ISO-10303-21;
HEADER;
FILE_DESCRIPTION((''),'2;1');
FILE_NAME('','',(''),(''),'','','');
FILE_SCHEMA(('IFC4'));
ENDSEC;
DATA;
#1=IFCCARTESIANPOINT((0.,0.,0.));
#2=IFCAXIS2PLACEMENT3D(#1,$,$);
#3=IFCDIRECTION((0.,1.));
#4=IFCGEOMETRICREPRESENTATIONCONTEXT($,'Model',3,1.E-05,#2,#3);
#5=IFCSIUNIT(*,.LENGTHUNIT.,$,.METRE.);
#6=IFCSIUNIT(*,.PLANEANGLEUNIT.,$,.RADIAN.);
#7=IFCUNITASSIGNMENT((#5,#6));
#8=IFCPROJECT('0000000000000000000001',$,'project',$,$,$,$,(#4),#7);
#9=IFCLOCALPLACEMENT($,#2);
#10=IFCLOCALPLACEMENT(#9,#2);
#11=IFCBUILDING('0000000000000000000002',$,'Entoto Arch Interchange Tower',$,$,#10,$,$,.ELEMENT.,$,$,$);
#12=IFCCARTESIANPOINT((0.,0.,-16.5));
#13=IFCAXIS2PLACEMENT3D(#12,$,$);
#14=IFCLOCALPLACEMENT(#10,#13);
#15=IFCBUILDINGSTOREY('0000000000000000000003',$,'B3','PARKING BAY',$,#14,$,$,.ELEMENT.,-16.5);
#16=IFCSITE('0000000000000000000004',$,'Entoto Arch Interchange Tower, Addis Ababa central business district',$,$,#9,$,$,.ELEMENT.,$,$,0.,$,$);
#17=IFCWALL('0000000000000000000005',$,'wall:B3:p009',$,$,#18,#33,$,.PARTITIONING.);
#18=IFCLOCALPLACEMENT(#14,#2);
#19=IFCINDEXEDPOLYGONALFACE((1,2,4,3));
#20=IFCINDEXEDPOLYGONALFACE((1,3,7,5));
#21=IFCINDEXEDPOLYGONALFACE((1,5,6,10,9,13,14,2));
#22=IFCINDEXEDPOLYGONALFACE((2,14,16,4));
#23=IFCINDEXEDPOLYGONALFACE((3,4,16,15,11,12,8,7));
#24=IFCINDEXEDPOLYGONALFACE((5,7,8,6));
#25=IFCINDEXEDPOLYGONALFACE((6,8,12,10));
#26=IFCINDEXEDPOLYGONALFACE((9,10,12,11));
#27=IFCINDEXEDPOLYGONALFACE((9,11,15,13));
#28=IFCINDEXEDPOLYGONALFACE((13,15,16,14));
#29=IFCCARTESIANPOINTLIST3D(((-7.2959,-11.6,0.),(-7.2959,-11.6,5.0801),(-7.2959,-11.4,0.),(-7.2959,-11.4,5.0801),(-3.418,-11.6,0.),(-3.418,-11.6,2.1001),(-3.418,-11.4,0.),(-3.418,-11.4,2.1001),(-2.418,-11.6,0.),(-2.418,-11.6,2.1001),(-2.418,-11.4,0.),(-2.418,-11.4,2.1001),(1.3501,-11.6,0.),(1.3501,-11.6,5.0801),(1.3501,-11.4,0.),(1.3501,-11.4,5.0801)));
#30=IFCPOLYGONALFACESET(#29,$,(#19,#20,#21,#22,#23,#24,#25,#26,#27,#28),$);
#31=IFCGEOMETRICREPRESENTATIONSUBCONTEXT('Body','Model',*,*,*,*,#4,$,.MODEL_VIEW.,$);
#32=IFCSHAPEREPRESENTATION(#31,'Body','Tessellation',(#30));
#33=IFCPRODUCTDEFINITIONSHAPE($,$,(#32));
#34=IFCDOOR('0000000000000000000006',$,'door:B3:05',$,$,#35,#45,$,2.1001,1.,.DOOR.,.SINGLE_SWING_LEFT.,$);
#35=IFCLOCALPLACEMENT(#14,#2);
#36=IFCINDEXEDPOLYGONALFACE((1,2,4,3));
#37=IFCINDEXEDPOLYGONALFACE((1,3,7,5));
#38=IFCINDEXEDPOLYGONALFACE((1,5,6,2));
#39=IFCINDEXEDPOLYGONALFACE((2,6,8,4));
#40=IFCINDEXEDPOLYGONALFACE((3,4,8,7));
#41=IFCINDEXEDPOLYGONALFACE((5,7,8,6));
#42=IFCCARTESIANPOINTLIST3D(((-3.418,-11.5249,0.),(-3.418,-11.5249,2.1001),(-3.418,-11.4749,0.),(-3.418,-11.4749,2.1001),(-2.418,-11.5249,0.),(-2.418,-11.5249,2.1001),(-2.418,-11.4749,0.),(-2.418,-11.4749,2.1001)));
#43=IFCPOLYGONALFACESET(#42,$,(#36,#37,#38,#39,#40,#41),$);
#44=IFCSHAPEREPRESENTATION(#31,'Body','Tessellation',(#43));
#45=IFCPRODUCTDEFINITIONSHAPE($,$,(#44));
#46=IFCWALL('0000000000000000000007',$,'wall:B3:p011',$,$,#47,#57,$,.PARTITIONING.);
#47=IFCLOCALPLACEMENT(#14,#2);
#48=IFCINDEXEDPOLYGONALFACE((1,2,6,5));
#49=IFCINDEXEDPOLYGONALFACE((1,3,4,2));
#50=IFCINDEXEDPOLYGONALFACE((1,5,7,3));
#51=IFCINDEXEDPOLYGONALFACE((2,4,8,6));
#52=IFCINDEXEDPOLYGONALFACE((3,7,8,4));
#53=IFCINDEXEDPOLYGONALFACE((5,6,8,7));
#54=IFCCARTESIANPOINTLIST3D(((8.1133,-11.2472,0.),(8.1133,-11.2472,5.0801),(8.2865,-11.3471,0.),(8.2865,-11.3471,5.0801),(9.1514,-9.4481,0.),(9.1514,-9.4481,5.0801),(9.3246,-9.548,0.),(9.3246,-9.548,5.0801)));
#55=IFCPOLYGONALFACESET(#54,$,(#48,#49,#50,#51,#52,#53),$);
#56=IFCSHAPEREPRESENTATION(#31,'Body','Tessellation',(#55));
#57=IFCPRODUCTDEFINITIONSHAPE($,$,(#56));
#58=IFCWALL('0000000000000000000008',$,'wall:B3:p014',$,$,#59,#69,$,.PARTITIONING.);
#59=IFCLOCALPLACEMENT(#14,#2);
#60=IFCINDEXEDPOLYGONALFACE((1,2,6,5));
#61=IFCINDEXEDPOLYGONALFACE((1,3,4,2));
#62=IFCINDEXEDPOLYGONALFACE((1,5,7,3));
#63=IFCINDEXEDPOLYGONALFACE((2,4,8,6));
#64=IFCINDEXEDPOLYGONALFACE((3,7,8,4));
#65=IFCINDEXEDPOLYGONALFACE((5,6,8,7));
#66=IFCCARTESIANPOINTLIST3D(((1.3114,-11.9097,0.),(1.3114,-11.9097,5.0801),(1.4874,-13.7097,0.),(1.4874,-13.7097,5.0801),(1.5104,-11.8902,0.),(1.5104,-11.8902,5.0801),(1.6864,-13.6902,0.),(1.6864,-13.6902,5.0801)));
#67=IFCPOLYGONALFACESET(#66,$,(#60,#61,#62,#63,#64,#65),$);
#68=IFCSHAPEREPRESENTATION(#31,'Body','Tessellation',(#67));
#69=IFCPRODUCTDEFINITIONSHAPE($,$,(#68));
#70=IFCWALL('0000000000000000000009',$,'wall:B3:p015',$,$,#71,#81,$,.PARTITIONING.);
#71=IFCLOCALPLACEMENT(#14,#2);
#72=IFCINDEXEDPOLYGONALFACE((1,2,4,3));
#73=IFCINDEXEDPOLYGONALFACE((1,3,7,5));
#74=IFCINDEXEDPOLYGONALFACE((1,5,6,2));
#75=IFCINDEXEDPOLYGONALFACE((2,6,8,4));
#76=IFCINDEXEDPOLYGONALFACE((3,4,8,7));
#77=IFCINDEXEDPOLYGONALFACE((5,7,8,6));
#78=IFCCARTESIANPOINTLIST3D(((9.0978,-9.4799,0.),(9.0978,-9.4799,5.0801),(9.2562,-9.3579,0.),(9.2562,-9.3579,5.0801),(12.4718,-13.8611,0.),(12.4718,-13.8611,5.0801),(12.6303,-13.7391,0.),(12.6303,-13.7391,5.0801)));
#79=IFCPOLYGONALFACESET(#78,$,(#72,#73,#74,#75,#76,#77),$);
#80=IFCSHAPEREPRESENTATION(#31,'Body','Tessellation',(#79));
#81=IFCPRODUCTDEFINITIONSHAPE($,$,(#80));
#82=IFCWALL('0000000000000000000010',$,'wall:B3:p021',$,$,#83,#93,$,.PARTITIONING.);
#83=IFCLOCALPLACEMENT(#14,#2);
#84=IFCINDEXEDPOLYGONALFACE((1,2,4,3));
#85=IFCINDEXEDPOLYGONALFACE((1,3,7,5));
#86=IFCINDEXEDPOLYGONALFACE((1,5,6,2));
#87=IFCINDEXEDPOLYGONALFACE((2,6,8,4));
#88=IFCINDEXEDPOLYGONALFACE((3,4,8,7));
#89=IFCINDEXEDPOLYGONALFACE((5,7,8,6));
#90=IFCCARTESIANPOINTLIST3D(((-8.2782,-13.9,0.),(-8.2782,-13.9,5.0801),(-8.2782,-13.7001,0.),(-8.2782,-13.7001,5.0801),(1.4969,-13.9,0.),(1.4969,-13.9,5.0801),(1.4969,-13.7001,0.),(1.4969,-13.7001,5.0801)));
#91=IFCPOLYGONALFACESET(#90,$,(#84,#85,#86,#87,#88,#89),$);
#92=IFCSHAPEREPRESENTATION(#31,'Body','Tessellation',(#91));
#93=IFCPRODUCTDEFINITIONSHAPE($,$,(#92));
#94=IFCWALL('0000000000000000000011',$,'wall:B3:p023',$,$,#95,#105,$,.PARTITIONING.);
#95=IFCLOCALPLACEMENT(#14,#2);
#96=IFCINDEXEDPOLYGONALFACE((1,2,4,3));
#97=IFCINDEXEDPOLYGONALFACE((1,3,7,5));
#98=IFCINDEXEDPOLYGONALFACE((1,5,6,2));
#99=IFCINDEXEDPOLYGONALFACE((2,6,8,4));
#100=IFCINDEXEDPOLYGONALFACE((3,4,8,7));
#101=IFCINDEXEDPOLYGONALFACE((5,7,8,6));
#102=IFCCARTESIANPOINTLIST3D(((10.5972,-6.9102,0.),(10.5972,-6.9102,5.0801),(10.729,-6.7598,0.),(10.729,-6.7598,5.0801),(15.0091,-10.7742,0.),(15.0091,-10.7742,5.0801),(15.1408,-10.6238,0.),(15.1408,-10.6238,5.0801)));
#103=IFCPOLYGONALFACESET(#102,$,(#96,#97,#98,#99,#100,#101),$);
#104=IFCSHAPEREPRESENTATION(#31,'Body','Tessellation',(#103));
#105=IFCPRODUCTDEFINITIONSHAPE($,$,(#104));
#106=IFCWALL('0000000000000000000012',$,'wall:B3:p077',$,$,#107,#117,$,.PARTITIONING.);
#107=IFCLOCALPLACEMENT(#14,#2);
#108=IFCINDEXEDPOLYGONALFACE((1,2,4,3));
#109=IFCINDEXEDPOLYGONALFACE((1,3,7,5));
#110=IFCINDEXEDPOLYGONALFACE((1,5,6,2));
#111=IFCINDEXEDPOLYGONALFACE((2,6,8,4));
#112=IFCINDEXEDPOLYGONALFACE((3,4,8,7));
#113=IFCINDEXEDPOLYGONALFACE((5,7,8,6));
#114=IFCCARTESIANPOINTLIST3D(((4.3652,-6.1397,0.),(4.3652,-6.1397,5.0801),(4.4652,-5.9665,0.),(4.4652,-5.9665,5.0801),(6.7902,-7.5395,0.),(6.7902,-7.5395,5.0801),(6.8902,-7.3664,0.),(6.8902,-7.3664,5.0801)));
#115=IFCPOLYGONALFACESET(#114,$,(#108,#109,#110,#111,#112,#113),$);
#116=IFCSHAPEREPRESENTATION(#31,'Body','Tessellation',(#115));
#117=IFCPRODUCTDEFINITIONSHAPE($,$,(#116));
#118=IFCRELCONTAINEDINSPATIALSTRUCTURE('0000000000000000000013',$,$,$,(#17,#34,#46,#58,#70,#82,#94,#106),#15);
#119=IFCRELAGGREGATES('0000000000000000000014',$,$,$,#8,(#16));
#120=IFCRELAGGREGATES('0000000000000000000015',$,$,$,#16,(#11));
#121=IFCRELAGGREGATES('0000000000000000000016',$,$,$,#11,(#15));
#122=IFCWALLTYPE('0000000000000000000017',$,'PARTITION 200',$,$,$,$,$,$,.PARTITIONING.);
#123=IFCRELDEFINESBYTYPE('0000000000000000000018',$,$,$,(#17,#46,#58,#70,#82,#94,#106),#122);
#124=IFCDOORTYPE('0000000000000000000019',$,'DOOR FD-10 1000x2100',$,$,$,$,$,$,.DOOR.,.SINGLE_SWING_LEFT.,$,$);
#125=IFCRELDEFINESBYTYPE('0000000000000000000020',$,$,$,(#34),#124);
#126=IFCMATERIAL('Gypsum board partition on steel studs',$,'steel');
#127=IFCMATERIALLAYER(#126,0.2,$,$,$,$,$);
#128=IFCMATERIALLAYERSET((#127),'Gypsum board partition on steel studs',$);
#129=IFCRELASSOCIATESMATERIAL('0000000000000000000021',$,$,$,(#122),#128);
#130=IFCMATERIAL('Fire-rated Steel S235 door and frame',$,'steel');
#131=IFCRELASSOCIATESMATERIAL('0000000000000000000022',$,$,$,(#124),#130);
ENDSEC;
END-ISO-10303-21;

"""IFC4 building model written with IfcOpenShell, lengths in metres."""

from ifc_helpers import new_model, si_unit, direction, frame, frame_2d, origin, place, context, subcontext, project, spatial, rectangle, extrude, material, layer, layer_set, type_object, element, fill, save


model = new_model("IFC4")

# Units and contexts
model_context = context("Model", 3, precision=1e-05, world=origin(), true_north=direction((0.0, 1.0)))
body_context = subcontext(model_context, "Body", "Model", "MODEL_VIEW")
ifc_project = project(units=[si_unit("LENGTHUNIT", "METRE"), si_unit("PLANEANGLEUNIT", "RADIAN")], contexts=[model_context])

# Site, building, storey
site_placement = place(None, origin())
site = spatial("IfcSite", under=ifc_project, at=site_placement, Name="Entoto Arch Interchange Tower, Addis Ababa central business district", CompositionType="ELEMENT", RefElevation=0.0)
building_placement = place(site_placement, origin())
building = spatial("IfcBuilding", under=site, at=building_placement, Name="Entoto Arch Interchange Tower", CompositionType="ELEMENT")
storey_placement = place(building_placement, frame((0.0, 0.0, -16.5)))
storey = spatial("IfcBuildingStorey", under=building, at=storey_placement, Name="B3", Description="PARKING BAY", CompositionType="ELEMENT", Elevation=-16.5)

# Shared definitions
ifc_material_1 = material(Name="Fire-rated Steel S235 door and frame", Category="steel")
ifc_material_2 = material(Name="Gypsum board partition on steel studs", Category="steel")
ifc_layer_1 = layer(ifc_material_2, 0.2)
ifc_layer_set_1 = layer_set([ifc_layer_1], Name="Gypsum board partition on steel studs")
wall_type_1 = type_object("IfcWallType", Name="PARTITION 200", PredefinedType="PARTITIONING", material=ifc_layer_set_1)
door_type_1 = type_object("IfcDoorType", Name="DOOR FD-10 1000x2100", OperationType="SINGLE_SWING_LEFT", PredefinedType="DOOR", material=ifc_material_1)

# Wall, opening, door
wall_1_placement = place(storey_placement, frame((1.3501, -11.5, 0.0), z_axis=(0.0, 0.0, 1.0), x_axis=(-1.0, 0.0, 0.0)))
wall_1 = element("IfcWall", 1, at=wall_1_placement, inside=storey, type_object=wall_type_1, Name="wall:B3:p009", PredefinedType="PARTITIONING", context=body_context, shape_type="SweptSolid", body=[
    extrude(rectangle(XDim=8.646, YDim=0.2, at=frame_2d((4.323, 0.0))), origin(), (0.0, 0.0, 1.0), 5.0801),
])
opening_1_placement = place(wall_1_placement, frame((3.7681, 0.0, 0.0)))
opening_1 = element("IfcOpeningElement", 2, at=opening_1_placement, cuts=wall_1, PredefinedType="OPENING", context=body_context, shape_type="SweptSolid", body=[
    extrude(rectangle(XDim=1.0, YDim=2.1001, at=frame_2d((0.5, 1.05))), frame((0.0, 0.1099, 0.0), z_axis=(0.0, -1.0, 0.0), x_axis=(1.0, 0.0, 0.0)), (0.0, 0.0, 1.0), 0.22),
])
door_1_placement = place(opening_1_placement, origin())
door_1 = element("IfcDoor", 3, at=door_1_placement, inside=storey, type_object=door_type_1, Name="door:B3:05", OperationType="SINGLE_SWING_LEFT", OverallHeight=2.1001, OverallWidth=1.0, PredefinedType="DOOR", context=body_context, shape_type="SweptSolid", body=[
    extrude(rectangle(XDim=1.0, YDim=2.1001, at=frame_2d((0.5, 1.05))), frame((0.0, 0.0249, 0.0), z_axis=(0.0, -1.0, 0.0), x_axis=(1.0, 0.0, 0.0)), (0.0, 0.0, 1.0), 0.05),
])
fill(opening_1, door_1)

# Walls
wall_2_placement = place(storey_placement, frame((9.238, -9.498, 0.0), z_axis=(0.0, 0.0, 1.0), x_axis=(-0.49978, -0.866152, 0.0)))
element("IfcWall", 4, at=wall_2_placement, inside=storey, type_object=wall_type_1, Name="wall:B3:p011", PredefinedType="PARTITIONING", context=body_context, shape_type="SweptSolid", body=[
    extrude(rectangle(XDim=2.0771, YDim=0.2, at=frame_2d((1.0386, 0.0))), origin(), (0.0, 0.0, 1.0), 5.0801),
])
wall_3_placement = place(storey_placement, frame((1.5869, -13.7, 0.0), z_axis=(0.0, 0.0, 1.0), x_axis=(-0.097325, 0.995253, 0.0)))
element("IfcWall", 5, at=wall_3_placement, inside=storey, type_object=wall_type_1, Name="wall:B3:p014", PredefinedType="PARTITIONING", context=body_context, shape_type="SweptSolid", body=[
    extrude(rectangle(XDim=1.8086, YDim=0.2, at=frame_2d((0.9043, 0.0))), origin(), (0.0, 0.0, 1.0), 5.0801),
])
wall_4_placement = place(storey_placement, frame((9.177, -9.4189, 0.0), z_axis=(0.0, 0.0, 1.0), x_axis=(0.610159, -0.792279, 0.0)))
element("IfcWall", 6, at=wall_4_placement, inside=storey, type_object=wall_type_1, Name="wall:B3:p015", PredefinedType="PARTITIONING", context=body_context, shape_type="SweptSolid", body=[
    extrude(rectangle(XDim=5.5298, YDim=0.2, at=frame_2d((2.7649, 0.0))), origin(), (0.0, 0.0, 1.0), 5.0801),
])
wall_5_placement = place(storey_placement, frame((1.4971, -13.8, 0.0), z_axis=(0.0, 0.0, 1.0), x_axis=(-1.0, 0.0, 0.0)))
element("IfcWall", 7, at=wall_5_placement, inside=storey, type_object=wall_type_1, Name="wall:B3:p021", PredefinedType="PARTITIONING", context=body_context, shape_type="SweptSolid", body=[
    extrude(rectangle(XDim=9.7751, YDim=0.2, at=frame_2d((4.8877, 0.0))), origin(), (0.0, 0.0, 1.0), 5.0801),
])
wall_6_placement = place(storey_placement, frame((10.6631, -6.835, 0.0), z_axis=(0.0, 0.0, 1.0), x_axis=(0.75227, -0.658855, 0.0)))
element("IfcWall", 8, at=wall_6_placement, inside=storey, type_object=wall_type_1, Name="wall:B3:p023", PredefinedType="PARTITIONING", context=body_context, shape_type="SweptSolid", body=[
    extrude(rectangle(XDim=5.8647, YDim=0.2, at=frame_2d((2.9324, 0.0))), origin(), (0.0, 0.0, 1.0), 5.0801),
])
wall_7_placement = place(storey_placement, frame((6.8401, -7.4529, 0.0), z_axis=(0.0, 0.0, 1.0), x_axis=(-0.866056, 0.499946, 0.0)))
element("IfcWall", 9, at=wall_7_placement, inside=storey, type_object=wall_type_1, Name="wall:B3:p077", PredefinedType="PARTITIONING", context=body_context, shape_type="SweptSolid", body=[
    extrude(rectangle(XDim=2.8, YDim=0.2, at=frame_2d((1.3999, 0.0))), origin(), (0.0, 0.0, 1.0), 5.0801),
])

save(model, "model.ifc")
